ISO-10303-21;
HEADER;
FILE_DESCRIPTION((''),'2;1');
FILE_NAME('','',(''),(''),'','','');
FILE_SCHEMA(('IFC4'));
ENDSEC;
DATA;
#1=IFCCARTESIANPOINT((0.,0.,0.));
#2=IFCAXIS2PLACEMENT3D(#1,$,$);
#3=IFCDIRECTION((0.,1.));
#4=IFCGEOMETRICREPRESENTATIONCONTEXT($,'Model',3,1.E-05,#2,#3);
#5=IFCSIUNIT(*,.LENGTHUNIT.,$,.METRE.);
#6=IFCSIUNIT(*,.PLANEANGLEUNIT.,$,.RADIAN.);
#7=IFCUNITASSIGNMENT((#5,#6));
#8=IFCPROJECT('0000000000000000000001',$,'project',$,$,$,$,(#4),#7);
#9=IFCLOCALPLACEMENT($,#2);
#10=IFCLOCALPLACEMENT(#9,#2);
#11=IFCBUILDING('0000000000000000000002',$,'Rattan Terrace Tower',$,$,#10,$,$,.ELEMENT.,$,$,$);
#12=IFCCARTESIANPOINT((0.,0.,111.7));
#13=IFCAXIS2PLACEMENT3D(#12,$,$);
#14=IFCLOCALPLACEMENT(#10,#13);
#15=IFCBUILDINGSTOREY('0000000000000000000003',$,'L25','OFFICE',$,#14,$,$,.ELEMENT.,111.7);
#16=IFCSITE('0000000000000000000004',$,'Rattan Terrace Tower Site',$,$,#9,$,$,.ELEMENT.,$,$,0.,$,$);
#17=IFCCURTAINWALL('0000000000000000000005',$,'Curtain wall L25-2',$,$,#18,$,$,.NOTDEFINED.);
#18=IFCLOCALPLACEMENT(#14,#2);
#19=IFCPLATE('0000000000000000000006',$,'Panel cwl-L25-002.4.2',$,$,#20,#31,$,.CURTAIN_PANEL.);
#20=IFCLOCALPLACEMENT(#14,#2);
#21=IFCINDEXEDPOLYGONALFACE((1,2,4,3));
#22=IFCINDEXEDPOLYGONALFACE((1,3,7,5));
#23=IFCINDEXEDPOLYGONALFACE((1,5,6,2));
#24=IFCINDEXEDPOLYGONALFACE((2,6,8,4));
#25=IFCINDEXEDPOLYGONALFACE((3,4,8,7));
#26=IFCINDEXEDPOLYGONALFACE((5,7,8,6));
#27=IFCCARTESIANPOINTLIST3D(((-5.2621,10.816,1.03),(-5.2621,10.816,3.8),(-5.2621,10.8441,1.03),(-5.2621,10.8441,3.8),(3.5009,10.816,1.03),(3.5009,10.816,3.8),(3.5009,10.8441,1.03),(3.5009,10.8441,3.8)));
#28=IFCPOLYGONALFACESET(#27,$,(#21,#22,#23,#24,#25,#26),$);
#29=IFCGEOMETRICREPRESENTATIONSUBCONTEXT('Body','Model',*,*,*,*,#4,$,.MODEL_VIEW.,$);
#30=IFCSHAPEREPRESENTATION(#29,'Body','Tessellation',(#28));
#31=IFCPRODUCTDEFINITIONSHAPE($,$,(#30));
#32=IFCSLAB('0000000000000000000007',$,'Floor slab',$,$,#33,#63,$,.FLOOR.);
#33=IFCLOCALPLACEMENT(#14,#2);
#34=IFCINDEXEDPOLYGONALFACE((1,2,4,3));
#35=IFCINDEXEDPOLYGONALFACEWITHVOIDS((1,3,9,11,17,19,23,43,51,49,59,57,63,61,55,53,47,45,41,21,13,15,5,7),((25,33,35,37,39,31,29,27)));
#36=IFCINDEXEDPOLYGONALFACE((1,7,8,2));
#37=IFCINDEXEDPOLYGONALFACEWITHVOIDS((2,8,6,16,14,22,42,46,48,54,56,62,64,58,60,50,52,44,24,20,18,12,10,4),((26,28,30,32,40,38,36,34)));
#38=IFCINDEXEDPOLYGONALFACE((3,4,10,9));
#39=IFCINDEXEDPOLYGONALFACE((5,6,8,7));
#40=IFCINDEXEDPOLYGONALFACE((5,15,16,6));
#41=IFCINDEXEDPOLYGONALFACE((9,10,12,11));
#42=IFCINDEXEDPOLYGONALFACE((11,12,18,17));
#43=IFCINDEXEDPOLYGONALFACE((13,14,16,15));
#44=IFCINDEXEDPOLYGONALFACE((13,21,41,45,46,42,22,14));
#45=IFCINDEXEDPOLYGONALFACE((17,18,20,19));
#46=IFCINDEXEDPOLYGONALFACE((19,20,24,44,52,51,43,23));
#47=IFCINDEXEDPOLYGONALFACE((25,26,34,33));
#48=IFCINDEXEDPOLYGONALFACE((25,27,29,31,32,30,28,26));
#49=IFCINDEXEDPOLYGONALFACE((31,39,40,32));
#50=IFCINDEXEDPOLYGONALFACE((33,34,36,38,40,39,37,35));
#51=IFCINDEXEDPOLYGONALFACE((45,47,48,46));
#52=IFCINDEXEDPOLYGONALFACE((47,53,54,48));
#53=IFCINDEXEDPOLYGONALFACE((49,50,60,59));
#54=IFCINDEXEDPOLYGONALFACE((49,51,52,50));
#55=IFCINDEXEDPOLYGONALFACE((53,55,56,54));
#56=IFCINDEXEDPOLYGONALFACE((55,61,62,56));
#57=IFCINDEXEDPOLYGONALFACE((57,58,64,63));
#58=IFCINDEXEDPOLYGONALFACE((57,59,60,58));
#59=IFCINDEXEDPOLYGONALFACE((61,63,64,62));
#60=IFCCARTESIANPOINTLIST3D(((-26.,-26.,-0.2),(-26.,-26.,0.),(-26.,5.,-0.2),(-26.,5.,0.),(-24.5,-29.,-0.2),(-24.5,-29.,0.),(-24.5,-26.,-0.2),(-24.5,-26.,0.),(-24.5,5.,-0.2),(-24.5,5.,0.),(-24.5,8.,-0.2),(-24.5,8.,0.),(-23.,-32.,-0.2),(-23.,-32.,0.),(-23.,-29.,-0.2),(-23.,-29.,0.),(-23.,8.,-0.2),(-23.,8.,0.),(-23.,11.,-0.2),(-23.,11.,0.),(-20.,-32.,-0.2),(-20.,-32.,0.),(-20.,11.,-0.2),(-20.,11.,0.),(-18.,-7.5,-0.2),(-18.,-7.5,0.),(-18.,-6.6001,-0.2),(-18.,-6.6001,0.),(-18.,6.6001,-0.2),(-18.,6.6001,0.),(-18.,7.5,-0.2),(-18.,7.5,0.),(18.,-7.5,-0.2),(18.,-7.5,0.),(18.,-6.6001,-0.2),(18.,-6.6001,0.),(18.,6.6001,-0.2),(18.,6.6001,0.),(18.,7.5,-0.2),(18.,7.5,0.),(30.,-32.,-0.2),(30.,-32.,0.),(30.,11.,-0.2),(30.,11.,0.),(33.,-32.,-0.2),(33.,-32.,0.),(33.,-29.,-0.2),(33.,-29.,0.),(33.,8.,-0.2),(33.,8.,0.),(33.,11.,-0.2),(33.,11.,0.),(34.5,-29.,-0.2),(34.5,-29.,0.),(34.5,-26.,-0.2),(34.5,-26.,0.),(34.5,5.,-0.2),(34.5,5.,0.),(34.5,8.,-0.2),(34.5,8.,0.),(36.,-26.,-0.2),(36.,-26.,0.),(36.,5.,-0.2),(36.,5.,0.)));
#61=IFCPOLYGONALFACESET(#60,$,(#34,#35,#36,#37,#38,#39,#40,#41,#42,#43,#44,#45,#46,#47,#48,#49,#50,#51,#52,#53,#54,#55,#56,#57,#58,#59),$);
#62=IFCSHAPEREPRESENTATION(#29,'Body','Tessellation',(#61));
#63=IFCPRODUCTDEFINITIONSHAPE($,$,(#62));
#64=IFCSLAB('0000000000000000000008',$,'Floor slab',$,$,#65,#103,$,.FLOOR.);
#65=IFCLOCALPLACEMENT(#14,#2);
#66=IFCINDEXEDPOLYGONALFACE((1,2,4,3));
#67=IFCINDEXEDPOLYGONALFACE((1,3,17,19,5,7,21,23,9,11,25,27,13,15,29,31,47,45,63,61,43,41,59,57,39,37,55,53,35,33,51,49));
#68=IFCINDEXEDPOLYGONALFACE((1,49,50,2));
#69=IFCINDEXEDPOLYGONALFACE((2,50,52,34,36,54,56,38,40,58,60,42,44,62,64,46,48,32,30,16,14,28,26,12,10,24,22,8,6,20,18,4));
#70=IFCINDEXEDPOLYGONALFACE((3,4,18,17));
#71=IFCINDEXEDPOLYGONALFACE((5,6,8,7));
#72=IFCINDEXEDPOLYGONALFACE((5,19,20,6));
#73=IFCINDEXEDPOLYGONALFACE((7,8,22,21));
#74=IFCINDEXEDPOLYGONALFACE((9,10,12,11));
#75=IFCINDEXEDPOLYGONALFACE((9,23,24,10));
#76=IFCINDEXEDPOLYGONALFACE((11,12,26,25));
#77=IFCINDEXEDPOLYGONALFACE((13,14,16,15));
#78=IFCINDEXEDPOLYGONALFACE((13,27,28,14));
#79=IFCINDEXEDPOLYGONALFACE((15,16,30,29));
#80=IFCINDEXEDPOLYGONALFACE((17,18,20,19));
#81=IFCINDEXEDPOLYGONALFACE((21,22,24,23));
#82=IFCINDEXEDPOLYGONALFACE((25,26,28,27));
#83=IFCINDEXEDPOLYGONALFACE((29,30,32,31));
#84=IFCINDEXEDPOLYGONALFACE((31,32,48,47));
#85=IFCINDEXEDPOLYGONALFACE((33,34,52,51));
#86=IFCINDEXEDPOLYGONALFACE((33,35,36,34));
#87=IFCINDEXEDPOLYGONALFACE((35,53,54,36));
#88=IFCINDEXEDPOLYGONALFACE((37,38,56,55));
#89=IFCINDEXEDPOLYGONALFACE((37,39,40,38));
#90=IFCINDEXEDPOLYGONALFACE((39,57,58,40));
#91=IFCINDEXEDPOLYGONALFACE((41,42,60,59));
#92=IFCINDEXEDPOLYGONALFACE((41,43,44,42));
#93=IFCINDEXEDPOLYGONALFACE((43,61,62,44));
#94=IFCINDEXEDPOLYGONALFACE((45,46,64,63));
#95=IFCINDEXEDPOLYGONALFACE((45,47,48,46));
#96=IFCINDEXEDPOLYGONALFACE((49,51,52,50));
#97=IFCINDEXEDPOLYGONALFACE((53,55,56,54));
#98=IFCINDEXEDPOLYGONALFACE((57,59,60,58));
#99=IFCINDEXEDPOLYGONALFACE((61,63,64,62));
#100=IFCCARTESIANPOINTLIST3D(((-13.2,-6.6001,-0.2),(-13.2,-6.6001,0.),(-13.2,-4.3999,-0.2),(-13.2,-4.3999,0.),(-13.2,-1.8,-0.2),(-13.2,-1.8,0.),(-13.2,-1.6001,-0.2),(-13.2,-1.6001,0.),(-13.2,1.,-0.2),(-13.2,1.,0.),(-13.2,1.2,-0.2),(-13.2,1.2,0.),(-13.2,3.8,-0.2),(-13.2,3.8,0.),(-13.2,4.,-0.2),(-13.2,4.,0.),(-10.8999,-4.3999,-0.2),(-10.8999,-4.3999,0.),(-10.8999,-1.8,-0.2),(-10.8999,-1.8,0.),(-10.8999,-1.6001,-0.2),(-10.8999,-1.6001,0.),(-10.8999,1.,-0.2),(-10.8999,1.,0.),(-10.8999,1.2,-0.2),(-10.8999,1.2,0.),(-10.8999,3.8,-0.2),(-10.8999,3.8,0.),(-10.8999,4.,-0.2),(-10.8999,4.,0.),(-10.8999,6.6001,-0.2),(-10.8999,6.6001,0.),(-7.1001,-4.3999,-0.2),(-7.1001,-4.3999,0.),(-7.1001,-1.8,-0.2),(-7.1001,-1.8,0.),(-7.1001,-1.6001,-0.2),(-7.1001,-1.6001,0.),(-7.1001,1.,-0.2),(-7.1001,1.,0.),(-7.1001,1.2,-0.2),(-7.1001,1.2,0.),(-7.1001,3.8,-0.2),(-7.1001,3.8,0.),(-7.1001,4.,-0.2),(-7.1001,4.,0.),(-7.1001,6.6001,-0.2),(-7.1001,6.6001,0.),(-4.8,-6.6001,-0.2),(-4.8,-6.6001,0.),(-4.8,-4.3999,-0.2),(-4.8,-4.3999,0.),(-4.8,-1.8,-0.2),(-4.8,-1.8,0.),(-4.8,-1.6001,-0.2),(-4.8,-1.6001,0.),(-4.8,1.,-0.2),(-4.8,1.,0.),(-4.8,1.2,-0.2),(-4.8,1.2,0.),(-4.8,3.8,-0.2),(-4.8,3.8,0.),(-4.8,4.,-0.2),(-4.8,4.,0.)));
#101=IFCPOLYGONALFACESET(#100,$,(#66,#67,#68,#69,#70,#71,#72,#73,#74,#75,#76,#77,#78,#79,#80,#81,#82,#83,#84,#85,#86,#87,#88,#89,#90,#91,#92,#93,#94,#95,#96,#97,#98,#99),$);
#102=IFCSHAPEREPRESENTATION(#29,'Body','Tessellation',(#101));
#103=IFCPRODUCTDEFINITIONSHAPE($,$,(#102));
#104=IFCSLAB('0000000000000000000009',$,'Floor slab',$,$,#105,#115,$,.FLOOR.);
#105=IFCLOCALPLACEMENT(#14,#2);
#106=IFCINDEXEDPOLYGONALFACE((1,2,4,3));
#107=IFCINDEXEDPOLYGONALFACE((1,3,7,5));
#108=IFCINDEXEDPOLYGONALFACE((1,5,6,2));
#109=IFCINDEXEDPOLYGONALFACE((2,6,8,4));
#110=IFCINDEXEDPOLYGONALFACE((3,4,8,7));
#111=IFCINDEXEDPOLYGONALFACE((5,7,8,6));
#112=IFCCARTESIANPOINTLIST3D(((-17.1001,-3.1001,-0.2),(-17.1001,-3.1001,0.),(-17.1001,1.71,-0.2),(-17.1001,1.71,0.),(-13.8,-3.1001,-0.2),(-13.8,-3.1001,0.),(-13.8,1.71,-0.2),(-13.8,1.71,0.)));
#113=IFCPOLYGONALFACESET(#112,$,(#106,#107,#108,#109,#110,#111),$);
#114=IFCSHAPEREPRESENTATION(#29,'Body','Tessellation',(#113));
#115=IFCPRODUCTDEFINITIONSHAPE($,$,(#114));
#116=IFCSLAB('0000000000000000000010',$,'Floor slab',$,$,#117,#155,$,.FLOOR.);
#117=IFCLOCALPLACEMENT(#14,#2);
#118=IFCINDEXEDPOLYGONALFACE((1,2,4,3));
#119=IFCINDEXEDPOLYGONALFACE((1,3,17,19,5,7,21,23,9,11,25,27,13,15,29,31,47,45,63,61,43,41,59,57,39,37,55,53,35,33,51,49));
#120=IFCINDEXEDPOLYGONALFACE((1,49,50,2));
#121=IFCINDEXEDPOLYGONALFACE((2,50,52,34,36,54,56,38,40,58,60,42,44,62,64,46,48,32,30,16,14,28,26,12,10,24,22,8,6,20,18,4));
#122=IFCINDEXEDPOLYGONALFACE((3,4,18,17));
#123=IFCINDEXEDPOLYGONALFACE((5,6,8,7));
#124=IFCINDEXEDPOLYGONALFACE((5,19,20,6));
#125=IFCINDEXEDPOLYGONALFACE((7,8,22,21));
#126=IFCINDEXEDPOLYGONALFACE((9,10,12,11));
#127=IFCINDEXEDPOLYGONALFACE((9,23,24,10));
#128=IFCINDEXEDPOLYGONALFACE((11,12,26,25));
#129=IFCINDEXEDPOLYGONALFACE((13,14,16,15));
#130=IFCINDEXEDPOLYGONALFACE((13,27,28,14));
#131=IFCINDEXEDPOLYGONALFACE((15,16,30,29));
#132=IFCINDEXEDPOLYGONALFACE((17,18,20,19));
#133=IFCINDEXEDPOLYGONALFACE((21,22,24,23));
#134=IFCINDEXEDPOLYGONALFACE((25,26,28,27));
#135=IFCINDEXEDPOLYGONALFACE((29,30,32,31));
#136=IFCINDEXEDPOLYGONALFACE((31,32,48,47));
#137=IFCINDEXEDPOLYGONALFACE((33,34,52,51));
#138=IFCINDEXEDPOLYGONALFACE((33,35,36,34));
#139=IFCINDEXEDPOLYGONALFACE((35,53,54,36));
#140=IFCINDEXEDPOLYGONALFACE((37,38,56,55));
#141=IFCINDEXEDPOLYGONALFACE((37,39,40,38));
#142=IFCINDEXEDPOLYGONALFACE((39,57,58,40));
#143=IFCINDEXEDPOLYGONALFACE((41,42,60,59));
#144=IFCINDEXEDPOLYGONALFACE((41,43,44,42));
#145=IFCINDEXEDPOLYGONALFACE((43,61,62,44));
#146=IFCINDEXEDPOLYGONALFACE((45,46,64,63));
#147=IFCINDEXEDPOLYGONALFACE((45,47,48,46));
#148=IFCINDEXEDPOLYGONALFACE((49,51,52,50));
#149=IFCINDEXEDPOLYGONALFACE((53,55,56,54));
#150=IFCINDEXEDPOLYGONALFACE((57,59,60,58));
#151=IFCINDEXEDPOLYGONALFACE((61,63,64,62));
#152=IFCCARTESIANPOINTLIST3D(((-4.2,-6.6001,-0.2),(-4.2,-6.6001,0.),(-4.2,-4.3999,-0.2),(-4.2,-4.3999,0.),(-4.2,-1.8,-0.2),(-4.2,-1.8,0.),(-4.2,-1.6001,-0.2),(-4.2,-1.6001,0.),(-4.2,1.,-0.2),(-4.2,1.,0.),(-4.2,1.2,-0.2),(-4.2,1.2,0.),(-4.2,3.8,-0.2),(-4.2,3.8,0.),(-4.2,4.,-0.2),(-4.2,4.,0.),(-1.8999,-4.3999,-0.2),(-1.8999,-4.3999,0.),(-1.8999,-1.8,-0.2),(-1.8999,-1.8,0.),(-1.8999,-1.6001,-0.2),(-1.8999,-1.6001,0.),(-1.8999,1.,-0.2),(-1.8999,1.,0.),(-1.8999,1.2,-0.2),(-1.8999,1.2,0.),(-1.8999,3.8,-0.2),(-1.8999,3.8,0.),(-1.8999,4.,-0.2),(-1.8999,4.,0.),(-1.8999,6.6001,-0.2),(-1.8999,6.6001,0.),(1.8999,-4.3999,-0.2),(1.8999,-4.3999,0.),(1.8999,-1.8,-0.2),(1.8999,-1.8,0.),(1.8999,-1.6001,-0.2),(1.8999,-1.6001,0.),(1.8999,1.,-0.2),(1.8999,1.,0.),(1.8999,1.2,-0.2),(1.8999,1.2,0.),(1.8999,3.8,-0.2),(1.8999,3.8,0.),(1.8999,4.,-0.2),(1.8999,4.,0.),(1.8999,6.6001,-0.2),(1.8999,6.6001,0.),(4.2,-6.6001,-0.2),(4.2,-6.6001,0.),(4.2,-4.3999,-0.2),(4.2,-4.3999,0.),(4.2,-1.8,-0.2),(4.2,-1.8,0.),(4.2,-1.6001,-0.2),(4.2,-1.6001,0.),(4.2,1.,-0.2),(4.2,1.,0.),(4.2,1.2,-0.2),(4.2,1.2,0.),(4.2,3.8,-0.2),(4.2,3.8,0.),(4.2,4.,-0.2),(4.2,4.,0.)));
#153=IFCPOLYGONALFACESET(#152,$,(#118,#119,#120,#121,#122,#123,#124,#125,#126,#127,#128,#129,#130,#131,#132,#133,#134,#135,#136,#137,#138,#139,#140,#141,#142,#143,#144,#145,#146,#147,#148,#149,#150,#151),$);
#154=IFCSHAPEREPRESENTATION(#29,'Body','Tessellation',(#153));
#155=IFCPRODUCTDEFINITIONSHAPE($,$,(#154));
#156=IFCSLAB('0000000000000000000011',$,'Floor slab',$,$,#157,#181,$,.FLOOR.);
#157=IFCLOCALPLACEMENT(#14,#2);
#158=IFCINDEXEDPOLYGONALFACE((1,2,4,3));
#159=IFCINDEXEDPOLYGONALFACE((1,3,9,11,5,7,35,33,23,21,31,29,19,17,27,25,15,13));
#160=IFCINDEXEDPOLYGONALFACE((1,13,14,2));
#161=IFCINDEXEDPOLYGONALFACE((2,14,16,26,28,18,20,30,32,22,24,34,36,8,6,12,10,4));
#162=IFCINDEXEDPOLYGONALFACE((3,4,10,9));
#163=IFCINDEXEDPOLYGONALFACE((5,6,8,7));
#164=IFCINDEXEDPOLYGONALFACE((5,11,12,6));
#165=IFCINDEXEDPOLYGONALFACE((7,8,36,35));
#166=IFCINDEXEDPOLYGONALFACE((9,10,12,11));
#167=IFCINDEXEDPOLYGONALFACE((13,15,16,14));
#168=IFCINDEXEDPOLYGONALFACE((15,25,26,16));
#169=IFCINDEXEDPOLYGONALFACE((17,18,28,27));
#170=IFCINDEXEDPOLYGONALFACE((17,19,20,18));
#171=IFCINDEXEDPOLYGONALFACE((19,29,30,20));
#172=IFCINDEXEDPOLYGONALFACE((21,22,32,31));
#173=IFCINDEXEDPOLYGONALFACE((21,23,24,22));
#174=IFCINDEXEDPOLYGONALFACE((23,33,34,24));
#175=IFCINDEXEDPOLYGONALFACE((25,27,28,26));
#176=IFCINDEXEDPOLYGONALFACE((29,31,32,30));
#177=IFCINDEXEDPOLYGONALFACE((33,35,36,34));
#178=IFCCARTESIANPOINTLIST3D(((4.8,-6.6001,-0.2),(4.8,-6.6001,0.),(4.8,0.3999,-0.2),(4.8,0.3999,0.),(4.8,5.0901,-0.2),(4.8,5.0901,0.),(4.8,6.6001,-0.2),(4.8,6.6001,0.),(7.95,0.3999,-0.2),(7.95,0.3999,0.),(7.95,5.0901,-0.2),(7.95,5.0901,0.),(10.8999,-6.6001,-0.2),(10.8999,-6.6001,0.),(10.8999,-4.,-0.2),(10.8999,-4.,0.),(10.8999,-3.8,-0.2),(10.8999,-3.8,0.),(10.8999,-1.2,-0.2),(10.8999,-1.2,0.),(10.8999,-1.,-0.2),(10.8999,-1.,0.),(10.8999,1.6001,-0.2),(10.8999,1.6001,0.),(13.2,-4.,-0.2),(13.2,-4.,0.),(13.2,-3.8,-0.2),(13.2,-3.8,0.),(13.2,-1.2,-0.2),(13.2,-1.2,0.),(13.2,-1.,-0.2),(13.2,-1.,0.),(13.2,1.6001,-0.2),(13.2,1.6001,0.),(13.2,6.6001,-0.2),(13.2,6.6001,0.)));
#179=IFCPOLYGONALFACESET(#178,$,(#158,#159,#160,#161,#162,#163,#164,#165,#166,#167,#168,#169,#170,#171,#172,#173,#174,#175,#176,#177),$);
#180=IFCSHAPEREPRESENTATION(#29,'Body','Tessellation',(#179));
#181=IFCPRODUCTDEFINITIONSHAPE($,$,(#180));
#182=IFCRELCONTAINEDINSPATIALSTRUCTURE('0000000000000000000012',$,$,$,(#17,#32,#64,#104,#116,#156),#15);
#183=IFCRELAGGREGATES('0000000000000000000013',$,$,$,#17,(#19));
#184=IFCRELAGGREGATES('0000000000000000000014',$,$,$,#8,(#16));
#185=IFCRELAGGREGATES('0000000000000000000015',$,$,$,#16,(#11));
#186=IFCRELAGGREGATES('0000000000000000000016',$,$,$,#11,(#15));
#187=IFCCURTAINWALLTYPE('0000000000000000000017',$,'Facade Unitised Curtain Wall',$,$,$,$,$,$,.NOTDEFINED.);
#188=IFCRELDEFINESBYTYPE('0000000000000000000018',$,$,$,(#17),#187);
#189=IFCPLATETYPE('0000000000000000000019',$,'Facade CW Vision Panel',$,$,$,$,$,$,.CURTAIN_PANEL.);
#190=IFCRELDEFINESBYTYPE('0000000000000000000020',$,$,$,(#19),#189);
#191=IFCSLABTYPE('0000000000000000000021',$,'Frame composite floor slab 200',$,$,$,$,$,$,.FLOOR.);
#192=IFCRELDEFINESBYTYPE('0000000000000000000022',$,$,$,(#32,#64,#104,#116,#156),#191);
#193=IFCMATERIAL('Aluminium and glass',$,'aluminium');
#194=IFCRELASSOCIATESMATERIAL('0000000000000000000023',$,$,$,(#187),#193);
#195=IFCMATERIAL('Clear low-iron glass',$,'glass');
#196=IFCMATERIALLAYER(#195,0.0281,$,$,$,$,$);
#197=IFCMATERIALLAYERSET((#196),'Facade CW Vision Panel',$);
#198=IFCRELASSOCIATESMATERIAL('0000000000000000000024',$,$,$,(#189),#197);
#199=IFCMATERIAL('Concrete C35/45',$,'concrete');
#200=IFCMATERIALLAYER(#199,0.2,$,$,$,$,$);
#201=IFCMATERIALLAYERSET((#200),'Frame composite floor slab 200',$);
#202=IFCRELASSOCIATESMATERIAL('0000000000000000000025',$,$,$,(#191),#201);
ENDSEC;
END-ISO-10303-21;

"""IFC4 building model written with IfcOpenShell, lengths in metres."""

from ifc_helpers import new_model, si_unit, direction, frame, origin, origin_2d, place, context, subcontext, project, spatial, polyline, rectangle, outline, extrude, material, layer, layer_set, type_object, element, aggregate, save


model = new_model("IFC4")

# Units and contexts
model_context = context("Model", 3, precision=1e-05, world=origin(), true_north=direction((0.0, 1.0)))
body_context = subcontext(model_context, "Body", "Model", "MODEL_VIEW")
ifc_project = project(units=[si_unit("LENGTHUNIT", "METRE"), si_unit("PLANEANGLEUNIT", "RADIAN")], contexts=[model_context])

# Site, building, storey
site_placement = place(None, origin())
site = spatial("IfcSite", under=ifc_project, at=site_placement, Name="Rattan Terrace Tower Site", CompositionType="ELEMENT", RefElevation=0.0)
building_placement = place(site_placement, origin())
building = spatial("IfcBuilding", under=site, at=building_placement, Name="Rattan Terrace Tower", CompositionType="ELEMENT")
storey_placement = place(building_placement, frame((0.0, 0.0, 111.7)))
storey = spatial("IfcBuildingStorey", under=building, at=storey_placement, Name="L25", Description="OFFICE", CompositionType="ELEMENT", Elevation=111.7)

# Curtain wall
ifc_material_1 = material(Name="Aluminium and glass", Category="aluminium")
curtain_wall_type = type_object("IfcCurtainWallType", Name="Facade Unitised Curtain Wall", PredefinedType="NOTDEFINED", material=ifc_material_1)
curtain_wall_placement = place(storey_placement, origin())
curtain_wall = element("IfcCurtainWall", 1, at=curtain_wall_placement, inside=storey, type_object=curtain_wall_type, Name="Curtain wall L25-2", PredefinedType="NOTDEFINED")

# Plate
ifc_material_2 = material(Name="Clear low-iron glass", Category="glass")
ifc_layer_1 = layer(ifc_material_2, 0.0281)
ifc_layer_set_1 = layer_set([ifc_layer_1], Name="Facade CW Vision Panel")
plate_type_1 = type_object("IfcPlateType", Name="Facade CW Vision Panel", PredefinedType="CURTAIN_PANEL", material=ifc_layer_set_1)
plate_1_placement = place(storey_placement, frame((-0.8806, 10.8301, 1.03), z_axis=(0.0, 0.0, 1.0), x_axis=(-1.0, 0.0, 0.0)))
plate_1 = element("IfcPlate", 2, at=plate_1_placement, type_object=plate_type_1, Name="Panel cwl-L25-002.4.2", PredefinedType="CURTAIN_PANEL", context=body_context, shape_type="SweptSolid", body=[
    extrude(rectangle(XDim=8.7629, YDim=0.0281, at=origin_2d()), origin(), (0.0, 0.0, 1.0), 2.77),
])
aggregate(curtain_wall, [plate_1])

# Slabs
ifc_material_3 = material(Name="Concrete C35/45", Category="concrete")
ifc_layer_2 = layer(ifc_material_3, 0.2)
ifc_layer_set_2 = layer_set([ifc_layer_2], Name="Frame composite floor slab 200")
slab_type_1 = type_object("IfcSlabType", Name="Frame composite floor slab 200", PredefinedType="FLOOR", material=ifc_layer_set_2)
slab_1_placement = place(storey_placement, frame((0.0, 0.0, -0.2)))
element("IfcSlab", 3, at=slab_1_placement, inside=storey, type_object=slab_type_1, Name="Floor slab", PredefinedType="FLOOR", context=body_context, shape_type="SweptSolid", body=[
    extrude(outline(polyline([(-20.0, -32.0), (30.0, -32.0), (33.0, -32.0), (33.0, -29.0), (34.5, -29.0), (34.5, -26.0), (36.0, -26.0), (36.0, 5.0), (34.5, 5.0), (34.5, 8.0), (33.0, 8.0), (33.0, 11.0), (30.0, 11.0), (-20.0, 11.0), (-23.0, 11.0), (-23.0, 8.0), (-24.5, 8.0), (-24.5, 5.0), (-26.0, 5.0), (-26.0, -26.0), (-24.5, -26.0), (-24.5, -29.0), (-23.0, -29.0), (-23.0, -32.0), (-20.0, -32.0)]), holes=[polyline([(-18.0, -6.6001), (-18.0, -7.5), (18.0, -7.5), (18.0, -6.6001), (18.0, 6.6001), (18.0, 7.5), (-18.0, 7.5), (-18.0, 6.6001), (-18.0, -6.6001)])]), origin(), (0.0, 0.0, 1.0), 0.2),
])
slab_2_placement = place(storey_placement, frame((0.0, 0.0, -0.2)))
element("IfcSlab", 4, at=slab_2_placement, inside=storey, type_object=slab_type_1, Name="Floor slab", PredefinedType="FLOOR", context=body_context, shape_type="SweptSolid", body=[
    extrude(outline(polyline([(-10.8999, 6.6001), (-10.8999, 4.0), (-13.2, 4.0), (-13.2, 3.8), (-10.8999, 3.8), (-10.8999, 1.2), (-13.2, 1.2), (-13.2, 1.0), (-10.8999, 1.0), (-10.8999, -1.6001), (-13.2, -1.6001), (-13.2, -1.8), (-10.8999, -1.8), (-10.8999, -4.3999), (-13.2, -4.3999), (-13.2, -6.6001), (-4.8, -6.6001), (-4.8, -4.3999), (-7.1001, -4.3999), (-7.1001, -1.8), (-4.8, -1.8), (-4.8, -1.6001), (-7.1001, -1.6001), (-7.1001, 1.0), (-4.8, 1.0), (-4.8, 1.2), (-7.1001, 1.2), (-7.1001, 3.8), (-4.8, 3.8), (-4.8, 4.0), (-7.1001, 4.0), (-7.1001, 6.6001), (-10.8999, 6.6001)])), origin(), (0.0, 0.0, 1.0), 0.2),
])
slab_3_placement = place(storey_placement, frame((0.0, 0.0, -0.2)))
element("IfcSlab", 5, at=slab_3_placement, inside=storey, type_object=slab_type_1, Name="Floor slab", PredefinedType="FLOOR", context=body_context, shape_type="SweptSolid", body=[
    extrude(outline(polyline([(-17.1001, -3.1001), (-13.8, -3.1001), (-13.8, 1.71), (-17.1001, 1.71), (-17.1001, -3.1001)])), origin(), (0.0, 0.0, 1.0), 0.2),
])
slab_4_placement = place(storey_placement, frame((0.0, 0.0, -0.2)))
element("IfcSlab", 6, at=slab_4_placement, inside=storey, type_object=slab_type_1, Name="Floor slab", PredefinedType="FLOOR", context=body_context, shape_type="SweptSolid", body=[
    extrude(outline(polyline([(-4.2, 4.0), (-4.2, 3.8), (-1.8999, 3.8), (-1.8999, 1.2), (-4.2, 1.2), (-4.2, 1.0), (-1.8999, 1.0), (-1.8999, -1.6001), (-4.2, -1.6001), (-4.2, -1.8), (-1.8999, -1.8), (-1.8999, -4.3999), (-4.2, -4.3999), (-4.2, -6.6001), (4.2, -6.6001), (4.2, -4.3999), (1.8999, -4.3999), (1.8999, -1.8), (4.2, -1.8), (4.2, -1.6001), (1.8999, -1.6001), (1.8999, 1.0), (4.2, 1.0), (4.2, 1.2), (1.8999, 1.2), (1.8999, 3.8), (4.2, 3.8), (4.2, 4.0), (1.8999, 4.0), (1.8999, 6.6001), (-1.8999, 6.6001), (-1.8999, 4.0), (-4.2, 4.0)])), origin(), (0.0, 0.0, 1.0), 0.2),
])
slab_5_placement = place(storey_placement, frame((0.0, 0.0, -0.2)))
element("IfcSlab", 7, at=slab_5_placement, inside=storey, type_object=slab_type_1, Name="Floor slab", PredefinedType="FLOOR", context=body_context, shape_type="SweptSolid", body=[
    extrude(outline(polyline([(4.8, 5.0901), (7.95, 5.0901), (7.95, 0.3999), (4.8, 0.3999), (4.8, -6.6001), (10.8999, -6.6001), (10.8999, -4.0), (13.2, -4.0), (13.2, -3.8), (10.8999, -3.8), (10.8999, -1.2), (13.2, -1.2), (13.2, -1.0), (10.8999, -1.0), (10.8999, 1.6001), (13.2, 1.6001), (13.2, 6.6001), (4.8, 6.6001), (4.8, 5.0901)])), origin(), (0.0, 0.0, 1.0), 0.2),
])

save(model, "model.ifc")
